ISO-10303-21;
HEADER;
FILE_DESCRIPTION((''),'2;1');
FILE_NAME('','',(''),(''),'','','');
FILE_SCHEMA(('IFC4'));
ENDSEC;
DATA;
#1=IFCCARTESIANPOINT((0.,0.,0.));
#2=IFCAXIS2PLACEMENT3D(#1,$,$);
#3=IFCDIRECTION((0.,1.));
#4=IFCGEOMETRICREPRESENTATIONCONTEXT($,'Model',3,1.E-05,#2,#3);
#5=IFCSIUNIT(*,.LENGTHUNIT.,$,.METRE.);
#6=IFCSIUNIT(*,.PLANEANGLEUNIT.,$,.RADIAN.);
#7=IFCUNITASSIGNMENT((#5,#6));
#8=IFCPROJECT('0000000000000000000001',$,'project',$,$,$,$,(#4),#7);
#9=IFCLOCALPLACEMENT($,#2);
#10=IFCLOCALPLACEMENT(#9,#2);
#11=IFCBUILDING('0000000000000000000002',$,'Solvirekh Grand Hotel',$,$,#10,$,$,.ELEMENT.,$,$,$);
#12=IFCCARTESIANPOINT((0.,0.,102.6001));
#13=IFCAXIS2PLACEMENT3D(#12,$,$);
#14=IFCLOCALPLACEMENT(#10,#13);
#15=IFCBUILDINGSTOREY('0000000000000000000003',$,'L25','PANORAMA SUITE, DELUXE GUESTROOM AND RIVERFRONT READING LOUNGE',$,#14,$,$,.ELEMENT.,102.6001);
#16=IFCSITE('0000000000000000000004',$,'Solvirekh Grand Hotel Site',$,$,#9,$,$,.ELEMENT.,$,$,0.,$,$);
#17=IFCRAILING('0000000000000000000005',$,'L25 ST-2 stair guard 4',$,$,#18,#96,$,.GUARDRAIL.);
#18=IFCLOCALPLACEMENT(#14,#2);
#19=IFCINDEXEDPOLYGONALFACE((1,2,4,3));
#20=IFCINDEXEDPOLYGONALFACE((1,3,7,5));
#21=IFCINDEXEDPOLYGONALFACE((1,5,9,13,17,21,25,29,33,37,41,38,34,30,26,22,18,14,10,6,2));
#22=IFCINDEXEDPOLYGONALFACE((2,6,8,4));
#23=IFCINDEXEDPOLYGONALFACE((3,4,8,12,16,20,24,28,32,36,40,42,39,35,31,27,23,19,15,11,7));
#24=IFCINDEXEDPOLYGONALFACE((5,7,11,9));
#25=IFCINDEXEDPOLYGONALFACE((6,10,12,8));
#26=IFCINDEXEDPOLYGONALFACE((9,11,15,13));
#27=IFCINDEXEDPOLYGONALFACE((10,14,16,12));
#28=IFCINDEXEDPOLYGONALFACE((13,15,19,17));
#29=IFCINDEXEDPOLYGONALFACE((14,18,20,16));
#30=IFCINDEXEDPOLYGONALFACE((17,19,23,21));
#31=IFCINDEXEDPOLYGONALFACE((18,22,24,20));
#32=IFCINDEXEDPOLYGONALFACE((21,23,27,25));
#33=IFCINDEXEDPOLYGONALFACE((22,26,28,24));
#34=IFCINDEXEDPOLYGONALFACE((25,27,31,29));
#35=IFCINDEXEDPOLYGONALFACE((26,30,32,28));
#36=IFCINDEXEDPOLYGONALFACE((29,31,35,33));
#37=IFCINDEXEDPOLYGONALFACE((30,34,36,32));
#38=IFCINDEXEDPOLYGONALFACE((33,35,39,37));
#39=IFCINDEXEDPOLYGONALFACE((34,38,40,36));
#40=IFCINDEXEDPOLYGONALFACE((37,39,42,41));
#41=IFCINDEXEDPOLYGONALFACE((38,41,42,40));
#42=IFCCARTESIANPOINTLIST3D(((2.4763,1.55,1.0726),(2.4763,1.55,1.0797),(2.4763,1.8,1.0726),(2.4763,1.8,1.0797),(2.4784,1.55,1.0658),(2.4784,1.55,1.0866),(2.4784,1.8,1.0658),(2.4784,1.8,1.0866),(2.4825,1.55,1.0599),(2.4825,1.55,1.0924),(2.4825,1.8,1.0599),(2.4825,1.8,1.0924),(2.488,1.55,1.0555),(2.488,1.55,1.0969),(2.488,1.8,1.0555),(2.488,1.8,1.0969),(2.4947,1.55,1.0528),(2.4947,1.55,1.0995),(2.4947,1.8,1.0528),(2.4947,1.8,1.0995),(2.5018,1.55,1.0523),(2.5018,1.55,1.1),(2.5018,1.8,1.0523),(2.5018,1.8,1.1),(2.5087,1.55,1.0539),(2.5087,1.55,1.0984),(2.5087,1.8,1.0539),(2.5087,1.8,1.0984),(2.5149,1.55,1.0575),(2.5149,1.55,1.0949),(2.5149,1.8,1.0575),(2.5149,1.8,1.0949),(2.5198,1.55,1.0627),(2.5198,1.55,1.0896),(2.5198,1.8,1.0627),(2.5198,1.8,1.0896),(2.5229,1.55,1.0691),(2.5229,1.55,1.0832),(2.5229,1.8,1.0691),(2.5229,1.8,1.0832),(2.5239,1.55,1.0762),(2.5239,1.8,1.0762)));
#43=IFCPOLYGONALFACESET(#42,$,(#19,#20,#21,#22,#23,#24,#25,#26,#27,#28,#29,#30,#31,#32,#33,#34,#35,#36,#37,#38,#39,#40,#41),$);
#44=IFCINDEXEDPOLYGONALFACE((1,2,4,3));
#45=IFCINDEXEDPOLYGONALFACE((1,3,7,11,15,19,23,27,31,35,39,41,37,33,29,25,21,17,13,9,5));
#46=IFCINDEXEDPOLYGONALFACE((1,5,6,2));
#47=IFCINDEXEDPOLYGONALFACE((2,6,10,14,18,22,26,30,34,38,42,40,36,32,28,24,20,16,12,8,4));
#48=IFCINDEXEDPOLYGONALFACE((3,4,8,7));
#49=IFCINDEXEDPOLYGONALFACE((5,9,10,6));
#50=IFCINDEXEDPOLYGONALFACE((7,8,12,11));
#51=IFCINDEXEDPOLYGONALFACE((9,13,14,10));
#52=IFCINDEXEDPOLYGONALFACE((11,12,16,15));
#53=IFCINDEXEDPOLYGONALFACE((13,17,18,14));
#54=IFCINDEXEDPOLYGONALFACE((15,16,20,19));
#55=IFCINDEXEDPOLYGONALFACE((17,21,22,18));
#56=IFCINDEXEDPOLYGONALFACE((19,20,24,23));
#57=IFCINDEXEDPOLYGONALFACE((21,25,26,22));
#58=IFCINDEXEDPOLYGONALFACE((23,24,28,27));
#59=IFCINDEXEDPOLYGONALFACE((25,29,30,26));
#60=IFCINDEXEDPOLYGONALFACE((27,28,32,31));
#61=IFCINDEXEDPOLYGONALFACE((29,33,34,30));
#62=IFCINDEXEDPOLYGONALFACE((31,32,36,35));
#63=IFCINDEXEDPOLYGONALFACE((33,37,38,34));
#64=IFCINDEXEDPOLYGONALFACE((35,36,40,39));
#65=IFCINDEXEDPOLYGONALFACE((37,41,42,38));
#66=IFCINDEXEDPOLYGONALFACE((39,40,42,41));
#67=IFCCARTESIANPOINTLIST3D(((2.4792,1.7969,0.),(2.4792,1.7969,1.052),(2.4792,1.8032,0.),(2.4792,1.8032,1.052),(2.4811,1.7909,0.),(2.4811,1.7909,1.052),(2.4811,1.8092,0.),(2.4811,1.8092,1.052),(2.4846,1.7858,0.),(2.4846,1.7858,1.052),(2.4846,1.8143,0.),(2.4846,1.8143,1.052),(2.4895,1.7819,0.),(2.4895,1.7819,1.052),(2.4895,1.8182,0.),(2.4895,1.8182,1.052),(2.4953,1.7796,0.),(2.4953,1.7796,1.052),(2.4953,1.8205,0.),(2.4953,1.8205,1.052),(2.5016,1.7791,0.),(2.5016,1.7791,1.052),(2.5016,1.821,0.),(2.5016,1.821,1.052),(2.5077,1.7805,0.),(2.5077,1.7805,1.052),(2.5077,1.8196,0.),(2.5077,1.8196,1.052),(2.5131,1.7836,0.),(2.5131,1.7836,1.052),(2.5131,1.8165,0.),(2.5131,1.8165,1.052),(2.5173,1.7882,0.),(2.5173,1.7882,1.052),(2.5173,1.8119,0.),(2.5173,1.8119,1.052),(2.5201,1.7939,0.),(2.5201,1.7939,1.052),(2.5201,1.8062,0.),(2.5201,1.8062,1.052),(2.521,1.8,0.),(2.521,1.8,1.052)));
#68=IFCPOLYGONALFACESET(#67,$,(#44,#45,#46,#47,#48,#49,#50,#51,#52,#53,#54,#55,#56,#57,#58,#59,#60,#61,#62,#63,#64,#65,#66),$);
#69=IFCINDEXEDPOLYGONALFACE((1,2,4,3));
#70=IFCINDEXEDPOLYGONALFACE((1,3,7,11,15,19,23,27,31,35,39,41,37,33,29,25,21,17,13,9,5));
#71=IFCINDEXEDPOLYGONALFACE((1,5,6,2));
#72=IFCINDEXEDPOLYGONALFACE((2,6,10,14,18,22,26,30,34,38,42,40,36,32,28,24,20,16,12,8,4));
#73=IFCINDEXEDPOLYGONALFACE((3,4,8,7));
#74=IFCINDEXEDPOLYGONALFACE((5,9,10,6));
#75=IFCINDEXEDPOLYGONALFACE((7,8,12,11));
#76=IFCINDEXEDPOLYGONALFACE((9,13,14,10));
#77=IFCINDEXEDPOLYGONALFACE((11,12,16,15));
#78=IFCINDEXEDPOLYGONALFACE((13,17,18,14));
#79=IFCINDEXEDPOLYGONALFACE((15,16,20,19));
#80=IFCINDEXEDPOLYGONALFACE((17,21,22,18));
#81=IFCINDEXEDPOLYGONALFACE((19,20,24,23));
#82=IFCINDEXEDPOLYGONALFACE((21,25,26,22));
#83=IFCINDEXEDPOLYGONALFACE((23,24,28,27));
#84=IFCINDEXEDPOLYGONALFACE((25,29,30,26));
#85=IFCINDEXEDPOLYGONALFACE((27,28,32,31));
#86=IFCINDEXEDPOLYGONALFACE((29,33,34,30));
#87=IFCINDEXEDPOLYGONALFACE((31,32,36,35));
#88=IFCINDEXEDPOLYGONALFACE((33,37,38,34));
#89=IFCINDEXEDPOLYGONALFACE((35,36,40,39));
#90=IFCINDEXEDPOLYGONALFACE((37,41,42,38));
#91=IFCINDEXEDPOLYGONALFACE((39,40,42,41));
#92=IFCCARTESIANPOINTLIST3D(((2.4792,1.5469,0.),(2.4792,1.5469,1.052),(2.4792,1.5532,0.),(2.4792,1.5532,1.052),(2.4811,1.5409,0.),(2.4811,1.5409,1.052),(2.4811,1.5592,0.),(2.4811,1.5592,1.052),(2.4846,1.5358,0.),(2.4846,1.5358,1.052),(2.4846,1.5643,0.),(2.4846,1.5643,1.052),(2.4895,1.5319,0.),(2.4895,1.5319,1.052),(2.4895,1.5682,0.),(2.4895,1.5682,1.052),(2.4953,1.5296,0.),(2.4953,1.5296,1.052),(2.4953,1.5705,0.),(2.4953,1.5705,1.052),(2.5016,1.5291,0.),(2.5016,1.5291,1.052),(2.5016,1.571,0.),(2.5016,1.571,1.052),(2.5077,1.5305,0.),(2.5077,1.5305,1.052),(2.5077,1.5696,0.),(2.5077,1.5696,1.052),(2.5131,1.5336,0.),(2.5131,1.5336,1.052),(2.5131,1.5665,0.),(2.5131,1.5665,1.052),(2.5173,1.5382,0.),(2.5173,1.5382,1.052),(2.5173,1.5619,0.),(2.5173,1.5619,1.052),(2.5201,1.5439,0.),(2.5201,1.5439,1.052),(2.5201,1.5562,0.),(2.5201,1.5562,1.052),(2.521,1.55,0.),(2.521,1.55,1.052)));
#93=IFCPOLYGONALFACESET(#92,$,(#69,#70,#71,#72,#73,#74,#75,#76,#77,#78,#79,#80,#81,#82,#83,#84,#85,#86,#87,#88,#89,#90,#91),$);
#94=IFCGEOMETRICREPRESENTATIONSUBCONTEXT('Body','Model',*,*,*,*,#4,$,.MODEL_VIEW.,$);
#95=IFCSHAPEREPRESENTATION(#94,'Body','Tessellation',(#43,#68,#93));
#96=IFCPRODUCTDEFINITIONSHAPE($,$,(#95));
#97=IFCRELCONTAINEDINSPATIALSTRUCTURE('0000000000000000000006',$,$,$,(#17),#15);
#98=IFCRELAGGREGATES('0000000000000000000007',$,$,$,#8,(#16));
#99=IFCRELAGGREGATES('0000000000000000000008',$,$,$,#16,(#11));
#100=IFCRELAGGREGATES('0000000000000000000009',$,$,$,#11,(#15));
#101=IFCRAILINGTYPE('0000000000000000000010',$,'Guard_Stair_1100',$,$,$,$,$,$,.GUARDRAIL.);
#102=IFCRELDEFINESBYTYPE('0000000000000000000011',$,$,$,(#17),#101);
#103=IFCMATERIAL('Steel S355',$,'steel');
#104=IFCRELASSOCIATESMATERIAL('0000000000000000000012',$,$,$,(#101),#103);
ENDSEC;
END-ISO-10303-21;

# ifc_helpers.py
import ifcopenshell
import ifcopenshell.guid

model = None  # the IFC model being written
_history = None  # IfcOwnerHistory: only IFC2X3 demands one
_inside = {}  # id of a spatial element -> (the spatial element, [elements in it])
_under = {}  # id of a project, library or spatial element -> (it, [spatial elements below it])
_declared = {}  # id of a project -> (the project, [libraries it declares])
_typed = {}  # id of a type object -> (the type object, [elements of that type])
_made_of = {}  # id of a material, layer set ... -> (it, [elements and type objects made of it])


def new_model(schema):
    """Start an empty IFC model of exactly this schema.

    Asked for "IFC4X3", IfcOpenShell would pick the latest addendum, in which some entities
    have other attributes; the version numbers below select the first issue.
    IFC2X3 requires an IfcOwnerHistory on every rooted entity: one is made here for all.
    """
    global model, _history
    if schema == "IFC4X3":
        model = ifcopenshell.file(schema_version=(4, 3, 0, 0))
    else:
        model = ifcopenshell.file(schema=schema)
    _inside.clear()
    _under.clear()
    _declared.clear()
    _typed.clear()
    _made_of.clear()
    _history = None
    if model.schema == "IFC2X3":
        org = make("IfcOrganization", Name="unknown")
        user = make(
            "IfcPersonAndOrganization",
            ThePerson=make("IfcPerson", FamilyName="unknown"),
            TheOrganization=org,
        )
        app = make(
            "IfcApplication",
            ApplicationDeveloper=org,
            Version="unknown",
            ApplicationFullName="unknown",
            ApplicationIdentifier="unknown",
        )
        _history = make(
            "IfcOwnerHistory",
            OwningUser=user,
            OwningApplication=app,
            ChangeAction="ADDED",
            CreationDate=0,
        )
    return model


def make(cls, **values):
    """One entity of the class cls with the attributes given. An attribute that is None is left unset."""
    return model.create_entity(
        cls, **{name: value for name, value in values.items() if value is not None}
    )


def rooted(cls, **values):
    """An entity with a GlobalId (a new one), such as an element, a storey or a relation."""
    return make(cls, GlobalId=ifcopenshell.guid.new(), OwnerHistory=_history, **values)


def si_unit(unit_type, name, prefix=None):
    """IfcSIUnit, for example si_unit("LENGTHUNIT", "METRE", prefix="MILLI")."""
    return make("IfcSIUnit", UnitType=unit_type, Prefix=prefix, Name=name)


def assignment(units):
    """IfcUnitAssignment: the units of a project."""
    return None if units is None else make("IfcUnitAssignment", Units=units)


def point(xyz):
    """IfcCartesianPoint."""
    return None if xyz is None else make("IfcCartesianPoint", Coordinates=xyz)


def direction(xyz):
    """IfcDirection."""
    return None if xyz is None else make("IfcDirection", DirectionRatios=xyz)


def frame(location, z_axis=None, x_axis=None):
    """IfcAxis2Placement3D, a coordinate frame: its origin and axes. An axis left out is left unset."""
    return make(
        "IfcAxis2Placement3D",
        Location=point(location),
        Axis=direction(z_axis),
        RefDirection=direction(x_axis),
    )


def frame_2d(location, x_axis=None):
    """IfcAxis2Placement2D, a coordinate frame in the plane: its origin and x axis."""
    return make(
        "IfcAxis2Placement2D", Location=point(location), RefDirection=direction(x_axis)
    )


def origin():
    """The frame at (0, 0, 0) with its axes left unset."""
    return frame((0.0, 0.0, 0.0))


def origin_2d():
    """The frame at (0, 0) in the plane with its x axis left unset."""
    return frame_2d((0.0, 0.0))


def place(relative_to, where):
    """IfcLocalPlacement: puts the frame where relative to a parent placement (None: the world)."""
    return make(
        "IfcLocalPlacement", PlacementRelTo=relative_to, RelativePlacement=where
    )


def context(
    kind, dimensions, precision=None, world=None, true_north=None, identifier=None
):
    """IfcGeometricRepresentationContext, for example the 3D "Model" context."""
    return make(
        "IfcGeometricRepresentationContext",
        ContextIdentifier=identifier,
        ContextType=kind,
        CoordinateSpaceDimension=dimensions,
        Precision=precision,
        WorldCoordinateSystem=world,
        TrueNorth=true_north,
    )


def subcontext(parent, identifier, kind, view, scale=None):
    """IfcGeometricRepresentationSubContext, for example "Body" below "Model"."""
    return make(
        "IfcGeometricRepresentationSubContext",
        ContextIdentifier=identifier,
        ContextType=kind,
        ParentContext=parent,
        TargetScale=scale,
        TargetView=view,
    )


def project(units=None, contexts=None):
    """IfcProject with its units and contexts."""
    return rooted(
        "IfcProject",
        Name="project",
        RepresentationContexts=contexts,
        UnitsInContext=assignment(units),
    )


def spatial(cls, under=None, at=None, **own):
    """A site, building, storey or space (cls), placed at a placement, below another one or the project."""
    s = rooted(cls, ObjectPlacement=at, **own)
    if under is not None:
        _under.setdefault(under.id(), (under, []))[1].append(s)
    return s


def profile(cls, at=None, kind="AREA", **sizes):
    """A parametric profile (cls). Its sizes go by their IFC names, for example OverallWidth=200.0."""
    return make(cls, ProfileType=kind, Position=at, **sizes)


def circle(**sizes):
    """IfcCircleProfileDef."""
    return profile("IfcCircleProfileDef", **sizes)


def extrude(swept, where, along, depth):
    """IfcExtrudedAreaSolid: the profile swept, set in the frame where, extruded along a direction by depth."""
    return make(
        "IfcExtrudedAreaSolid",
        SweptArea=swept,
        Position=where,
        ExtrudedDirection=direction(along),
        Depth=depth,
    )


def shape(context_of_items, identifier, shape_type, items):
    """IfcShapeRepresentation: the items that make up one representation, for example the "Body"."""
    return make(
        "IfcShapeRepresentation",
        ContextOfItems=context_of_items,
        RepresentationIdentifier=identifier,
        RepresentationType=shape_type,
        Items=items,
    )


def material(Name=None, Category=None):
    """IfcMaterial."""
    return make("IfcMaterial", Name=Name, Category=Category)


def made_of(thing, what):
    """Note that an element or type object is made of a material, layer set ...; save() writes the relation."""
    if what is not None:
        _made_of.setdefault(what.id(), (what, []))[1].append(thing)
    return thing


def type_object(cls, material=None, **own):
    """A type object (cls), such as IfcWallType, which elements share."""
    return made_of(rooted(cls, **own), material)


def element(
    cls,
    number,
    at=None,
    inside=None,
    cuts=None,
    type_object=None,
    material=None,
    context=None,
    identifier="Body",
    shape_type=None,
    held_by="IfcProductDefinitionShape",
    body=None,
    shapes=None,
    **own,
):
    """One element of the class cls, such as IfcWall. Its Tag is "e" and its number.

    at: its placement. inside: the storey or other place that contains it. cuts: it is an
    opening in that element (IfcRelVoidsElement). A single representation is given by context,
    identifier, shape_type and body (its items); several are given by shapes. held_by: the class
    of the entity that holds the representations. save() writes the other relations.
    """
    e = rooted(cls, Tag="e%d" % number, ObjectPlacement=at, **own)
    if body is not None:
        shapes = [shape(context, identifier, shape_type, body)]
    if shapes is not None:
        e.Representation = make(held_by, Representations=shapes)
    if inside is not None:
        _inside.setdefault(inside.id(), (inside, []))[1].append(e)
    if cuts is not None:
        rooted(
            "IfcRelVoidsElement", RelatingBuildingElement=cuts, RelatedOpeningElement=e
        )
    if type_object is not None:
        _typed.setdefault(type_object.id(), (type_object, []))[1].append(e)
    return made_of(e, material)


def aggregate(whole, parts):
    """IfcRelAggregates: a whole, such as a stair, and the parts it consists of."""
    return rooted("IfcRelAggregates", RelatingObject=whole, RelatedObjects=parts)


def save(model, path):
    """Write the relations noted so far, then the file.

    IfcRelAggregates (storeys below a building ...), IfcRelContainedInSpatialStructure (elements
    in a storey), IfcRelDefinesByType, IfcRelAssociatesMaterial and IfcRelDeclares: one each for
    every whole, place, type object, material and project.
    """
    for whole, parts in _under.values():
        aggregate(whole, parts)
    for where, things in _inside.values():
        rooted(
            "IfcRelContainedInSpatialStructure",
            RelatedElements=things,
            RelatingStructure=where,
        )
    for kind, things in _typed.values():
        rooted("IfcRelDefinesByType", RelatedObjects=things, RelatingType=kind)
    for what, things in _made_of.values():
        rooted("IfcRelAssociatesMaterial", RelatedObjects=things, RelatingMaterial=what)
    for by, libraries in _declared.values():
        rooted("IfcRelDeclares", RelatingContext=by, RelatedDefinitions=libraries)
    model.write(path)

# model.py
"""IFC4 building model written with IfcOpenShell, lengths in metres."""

from ifc_helpers import new_model, si_unit, direction, frame, origin, origin_2d, place, context, subcontext, project, spatial, circle, extrude, material, type_object, element, save


model = new_model("IFC4")

# Units and contexts
model_context = context("Model", 3, precision=1e-05, world=origin(), true_north=direction((0.0, 1.0)))
body_context = subcontext(model_context, "Body", "Model", "MODEL_VIEW")
ifc_project = project(units=[si_unit("LENGTHUNIT", "METRE"), si_unit("PLANEANGLEUNIT", "RADIAN")], contexts=[model_context])

# Site, building, storey
site_placement = place(None, origin())
site = spatial("IfcSite", under=ifc_project, at=site_placement, Name="Solvirekh Grand Hotel Site", CompositionType="ELEMENT", RefElevation=0.0)
building_placement = place(site_placement, origin())
building = spatial("IfcBuilding", under=site, at=building_placement, Name="Solvirekh Grand Hotel", CompositionType="ELEMENT")
storey_placement = place(building_placement, frame((0.0, 0.0, 102.6001)))
storey = spatial("IfcBuildingStorey", under=building, at=storey_placement, Name="L25", Description="PANORAMA SUITE, DELUXE GUESTROOM AND RIVERFRONT READING LOUNGE", CompositionType="ELEMENT", Elevation=102.6001)

# Shared definitions
ifc_material_1 = material(Name="Steel S355", Category="steel")

# Railing
railing_type_1 = type_object("IfcRailingType", Name="Guard_Stair_1100", PredefinedType="GUARDRAIL", material=ifc_material_1)
railing_1_placement = place(storey_placement, frame((2.5, 1.8, 0.0)))
element("IfcRailing", 1, at=railing_1_placement, inside=storey, type_object=railing_type_1, Name="L25 ST-2 stair guard 4", PredefinedType="GUARDRAIL", context=body_context, shape_type="SweptSolid", body=[
    extrude(circle(Radius=0.0239, at=origin_2d()), frame((0.0, 0.0, 1.0762), z_axis=(0.0, -1.0, 0.0), x_axis=(1.0, 0.0, 0.0)), (0.0, 0.0, 1.0), 0.25),
    extrude(circle(Radius=0.021, at=origin_2d()), origin(), (0.0, 0.0, 1.0), 1.052),
    extrude(circle(Radius=0.021, at=origin_2d()), frame((0.0, -0.25, 0.0)), (0.0, 0.0, 1.0), 1.052),
])

save(model, "model.ifc")
